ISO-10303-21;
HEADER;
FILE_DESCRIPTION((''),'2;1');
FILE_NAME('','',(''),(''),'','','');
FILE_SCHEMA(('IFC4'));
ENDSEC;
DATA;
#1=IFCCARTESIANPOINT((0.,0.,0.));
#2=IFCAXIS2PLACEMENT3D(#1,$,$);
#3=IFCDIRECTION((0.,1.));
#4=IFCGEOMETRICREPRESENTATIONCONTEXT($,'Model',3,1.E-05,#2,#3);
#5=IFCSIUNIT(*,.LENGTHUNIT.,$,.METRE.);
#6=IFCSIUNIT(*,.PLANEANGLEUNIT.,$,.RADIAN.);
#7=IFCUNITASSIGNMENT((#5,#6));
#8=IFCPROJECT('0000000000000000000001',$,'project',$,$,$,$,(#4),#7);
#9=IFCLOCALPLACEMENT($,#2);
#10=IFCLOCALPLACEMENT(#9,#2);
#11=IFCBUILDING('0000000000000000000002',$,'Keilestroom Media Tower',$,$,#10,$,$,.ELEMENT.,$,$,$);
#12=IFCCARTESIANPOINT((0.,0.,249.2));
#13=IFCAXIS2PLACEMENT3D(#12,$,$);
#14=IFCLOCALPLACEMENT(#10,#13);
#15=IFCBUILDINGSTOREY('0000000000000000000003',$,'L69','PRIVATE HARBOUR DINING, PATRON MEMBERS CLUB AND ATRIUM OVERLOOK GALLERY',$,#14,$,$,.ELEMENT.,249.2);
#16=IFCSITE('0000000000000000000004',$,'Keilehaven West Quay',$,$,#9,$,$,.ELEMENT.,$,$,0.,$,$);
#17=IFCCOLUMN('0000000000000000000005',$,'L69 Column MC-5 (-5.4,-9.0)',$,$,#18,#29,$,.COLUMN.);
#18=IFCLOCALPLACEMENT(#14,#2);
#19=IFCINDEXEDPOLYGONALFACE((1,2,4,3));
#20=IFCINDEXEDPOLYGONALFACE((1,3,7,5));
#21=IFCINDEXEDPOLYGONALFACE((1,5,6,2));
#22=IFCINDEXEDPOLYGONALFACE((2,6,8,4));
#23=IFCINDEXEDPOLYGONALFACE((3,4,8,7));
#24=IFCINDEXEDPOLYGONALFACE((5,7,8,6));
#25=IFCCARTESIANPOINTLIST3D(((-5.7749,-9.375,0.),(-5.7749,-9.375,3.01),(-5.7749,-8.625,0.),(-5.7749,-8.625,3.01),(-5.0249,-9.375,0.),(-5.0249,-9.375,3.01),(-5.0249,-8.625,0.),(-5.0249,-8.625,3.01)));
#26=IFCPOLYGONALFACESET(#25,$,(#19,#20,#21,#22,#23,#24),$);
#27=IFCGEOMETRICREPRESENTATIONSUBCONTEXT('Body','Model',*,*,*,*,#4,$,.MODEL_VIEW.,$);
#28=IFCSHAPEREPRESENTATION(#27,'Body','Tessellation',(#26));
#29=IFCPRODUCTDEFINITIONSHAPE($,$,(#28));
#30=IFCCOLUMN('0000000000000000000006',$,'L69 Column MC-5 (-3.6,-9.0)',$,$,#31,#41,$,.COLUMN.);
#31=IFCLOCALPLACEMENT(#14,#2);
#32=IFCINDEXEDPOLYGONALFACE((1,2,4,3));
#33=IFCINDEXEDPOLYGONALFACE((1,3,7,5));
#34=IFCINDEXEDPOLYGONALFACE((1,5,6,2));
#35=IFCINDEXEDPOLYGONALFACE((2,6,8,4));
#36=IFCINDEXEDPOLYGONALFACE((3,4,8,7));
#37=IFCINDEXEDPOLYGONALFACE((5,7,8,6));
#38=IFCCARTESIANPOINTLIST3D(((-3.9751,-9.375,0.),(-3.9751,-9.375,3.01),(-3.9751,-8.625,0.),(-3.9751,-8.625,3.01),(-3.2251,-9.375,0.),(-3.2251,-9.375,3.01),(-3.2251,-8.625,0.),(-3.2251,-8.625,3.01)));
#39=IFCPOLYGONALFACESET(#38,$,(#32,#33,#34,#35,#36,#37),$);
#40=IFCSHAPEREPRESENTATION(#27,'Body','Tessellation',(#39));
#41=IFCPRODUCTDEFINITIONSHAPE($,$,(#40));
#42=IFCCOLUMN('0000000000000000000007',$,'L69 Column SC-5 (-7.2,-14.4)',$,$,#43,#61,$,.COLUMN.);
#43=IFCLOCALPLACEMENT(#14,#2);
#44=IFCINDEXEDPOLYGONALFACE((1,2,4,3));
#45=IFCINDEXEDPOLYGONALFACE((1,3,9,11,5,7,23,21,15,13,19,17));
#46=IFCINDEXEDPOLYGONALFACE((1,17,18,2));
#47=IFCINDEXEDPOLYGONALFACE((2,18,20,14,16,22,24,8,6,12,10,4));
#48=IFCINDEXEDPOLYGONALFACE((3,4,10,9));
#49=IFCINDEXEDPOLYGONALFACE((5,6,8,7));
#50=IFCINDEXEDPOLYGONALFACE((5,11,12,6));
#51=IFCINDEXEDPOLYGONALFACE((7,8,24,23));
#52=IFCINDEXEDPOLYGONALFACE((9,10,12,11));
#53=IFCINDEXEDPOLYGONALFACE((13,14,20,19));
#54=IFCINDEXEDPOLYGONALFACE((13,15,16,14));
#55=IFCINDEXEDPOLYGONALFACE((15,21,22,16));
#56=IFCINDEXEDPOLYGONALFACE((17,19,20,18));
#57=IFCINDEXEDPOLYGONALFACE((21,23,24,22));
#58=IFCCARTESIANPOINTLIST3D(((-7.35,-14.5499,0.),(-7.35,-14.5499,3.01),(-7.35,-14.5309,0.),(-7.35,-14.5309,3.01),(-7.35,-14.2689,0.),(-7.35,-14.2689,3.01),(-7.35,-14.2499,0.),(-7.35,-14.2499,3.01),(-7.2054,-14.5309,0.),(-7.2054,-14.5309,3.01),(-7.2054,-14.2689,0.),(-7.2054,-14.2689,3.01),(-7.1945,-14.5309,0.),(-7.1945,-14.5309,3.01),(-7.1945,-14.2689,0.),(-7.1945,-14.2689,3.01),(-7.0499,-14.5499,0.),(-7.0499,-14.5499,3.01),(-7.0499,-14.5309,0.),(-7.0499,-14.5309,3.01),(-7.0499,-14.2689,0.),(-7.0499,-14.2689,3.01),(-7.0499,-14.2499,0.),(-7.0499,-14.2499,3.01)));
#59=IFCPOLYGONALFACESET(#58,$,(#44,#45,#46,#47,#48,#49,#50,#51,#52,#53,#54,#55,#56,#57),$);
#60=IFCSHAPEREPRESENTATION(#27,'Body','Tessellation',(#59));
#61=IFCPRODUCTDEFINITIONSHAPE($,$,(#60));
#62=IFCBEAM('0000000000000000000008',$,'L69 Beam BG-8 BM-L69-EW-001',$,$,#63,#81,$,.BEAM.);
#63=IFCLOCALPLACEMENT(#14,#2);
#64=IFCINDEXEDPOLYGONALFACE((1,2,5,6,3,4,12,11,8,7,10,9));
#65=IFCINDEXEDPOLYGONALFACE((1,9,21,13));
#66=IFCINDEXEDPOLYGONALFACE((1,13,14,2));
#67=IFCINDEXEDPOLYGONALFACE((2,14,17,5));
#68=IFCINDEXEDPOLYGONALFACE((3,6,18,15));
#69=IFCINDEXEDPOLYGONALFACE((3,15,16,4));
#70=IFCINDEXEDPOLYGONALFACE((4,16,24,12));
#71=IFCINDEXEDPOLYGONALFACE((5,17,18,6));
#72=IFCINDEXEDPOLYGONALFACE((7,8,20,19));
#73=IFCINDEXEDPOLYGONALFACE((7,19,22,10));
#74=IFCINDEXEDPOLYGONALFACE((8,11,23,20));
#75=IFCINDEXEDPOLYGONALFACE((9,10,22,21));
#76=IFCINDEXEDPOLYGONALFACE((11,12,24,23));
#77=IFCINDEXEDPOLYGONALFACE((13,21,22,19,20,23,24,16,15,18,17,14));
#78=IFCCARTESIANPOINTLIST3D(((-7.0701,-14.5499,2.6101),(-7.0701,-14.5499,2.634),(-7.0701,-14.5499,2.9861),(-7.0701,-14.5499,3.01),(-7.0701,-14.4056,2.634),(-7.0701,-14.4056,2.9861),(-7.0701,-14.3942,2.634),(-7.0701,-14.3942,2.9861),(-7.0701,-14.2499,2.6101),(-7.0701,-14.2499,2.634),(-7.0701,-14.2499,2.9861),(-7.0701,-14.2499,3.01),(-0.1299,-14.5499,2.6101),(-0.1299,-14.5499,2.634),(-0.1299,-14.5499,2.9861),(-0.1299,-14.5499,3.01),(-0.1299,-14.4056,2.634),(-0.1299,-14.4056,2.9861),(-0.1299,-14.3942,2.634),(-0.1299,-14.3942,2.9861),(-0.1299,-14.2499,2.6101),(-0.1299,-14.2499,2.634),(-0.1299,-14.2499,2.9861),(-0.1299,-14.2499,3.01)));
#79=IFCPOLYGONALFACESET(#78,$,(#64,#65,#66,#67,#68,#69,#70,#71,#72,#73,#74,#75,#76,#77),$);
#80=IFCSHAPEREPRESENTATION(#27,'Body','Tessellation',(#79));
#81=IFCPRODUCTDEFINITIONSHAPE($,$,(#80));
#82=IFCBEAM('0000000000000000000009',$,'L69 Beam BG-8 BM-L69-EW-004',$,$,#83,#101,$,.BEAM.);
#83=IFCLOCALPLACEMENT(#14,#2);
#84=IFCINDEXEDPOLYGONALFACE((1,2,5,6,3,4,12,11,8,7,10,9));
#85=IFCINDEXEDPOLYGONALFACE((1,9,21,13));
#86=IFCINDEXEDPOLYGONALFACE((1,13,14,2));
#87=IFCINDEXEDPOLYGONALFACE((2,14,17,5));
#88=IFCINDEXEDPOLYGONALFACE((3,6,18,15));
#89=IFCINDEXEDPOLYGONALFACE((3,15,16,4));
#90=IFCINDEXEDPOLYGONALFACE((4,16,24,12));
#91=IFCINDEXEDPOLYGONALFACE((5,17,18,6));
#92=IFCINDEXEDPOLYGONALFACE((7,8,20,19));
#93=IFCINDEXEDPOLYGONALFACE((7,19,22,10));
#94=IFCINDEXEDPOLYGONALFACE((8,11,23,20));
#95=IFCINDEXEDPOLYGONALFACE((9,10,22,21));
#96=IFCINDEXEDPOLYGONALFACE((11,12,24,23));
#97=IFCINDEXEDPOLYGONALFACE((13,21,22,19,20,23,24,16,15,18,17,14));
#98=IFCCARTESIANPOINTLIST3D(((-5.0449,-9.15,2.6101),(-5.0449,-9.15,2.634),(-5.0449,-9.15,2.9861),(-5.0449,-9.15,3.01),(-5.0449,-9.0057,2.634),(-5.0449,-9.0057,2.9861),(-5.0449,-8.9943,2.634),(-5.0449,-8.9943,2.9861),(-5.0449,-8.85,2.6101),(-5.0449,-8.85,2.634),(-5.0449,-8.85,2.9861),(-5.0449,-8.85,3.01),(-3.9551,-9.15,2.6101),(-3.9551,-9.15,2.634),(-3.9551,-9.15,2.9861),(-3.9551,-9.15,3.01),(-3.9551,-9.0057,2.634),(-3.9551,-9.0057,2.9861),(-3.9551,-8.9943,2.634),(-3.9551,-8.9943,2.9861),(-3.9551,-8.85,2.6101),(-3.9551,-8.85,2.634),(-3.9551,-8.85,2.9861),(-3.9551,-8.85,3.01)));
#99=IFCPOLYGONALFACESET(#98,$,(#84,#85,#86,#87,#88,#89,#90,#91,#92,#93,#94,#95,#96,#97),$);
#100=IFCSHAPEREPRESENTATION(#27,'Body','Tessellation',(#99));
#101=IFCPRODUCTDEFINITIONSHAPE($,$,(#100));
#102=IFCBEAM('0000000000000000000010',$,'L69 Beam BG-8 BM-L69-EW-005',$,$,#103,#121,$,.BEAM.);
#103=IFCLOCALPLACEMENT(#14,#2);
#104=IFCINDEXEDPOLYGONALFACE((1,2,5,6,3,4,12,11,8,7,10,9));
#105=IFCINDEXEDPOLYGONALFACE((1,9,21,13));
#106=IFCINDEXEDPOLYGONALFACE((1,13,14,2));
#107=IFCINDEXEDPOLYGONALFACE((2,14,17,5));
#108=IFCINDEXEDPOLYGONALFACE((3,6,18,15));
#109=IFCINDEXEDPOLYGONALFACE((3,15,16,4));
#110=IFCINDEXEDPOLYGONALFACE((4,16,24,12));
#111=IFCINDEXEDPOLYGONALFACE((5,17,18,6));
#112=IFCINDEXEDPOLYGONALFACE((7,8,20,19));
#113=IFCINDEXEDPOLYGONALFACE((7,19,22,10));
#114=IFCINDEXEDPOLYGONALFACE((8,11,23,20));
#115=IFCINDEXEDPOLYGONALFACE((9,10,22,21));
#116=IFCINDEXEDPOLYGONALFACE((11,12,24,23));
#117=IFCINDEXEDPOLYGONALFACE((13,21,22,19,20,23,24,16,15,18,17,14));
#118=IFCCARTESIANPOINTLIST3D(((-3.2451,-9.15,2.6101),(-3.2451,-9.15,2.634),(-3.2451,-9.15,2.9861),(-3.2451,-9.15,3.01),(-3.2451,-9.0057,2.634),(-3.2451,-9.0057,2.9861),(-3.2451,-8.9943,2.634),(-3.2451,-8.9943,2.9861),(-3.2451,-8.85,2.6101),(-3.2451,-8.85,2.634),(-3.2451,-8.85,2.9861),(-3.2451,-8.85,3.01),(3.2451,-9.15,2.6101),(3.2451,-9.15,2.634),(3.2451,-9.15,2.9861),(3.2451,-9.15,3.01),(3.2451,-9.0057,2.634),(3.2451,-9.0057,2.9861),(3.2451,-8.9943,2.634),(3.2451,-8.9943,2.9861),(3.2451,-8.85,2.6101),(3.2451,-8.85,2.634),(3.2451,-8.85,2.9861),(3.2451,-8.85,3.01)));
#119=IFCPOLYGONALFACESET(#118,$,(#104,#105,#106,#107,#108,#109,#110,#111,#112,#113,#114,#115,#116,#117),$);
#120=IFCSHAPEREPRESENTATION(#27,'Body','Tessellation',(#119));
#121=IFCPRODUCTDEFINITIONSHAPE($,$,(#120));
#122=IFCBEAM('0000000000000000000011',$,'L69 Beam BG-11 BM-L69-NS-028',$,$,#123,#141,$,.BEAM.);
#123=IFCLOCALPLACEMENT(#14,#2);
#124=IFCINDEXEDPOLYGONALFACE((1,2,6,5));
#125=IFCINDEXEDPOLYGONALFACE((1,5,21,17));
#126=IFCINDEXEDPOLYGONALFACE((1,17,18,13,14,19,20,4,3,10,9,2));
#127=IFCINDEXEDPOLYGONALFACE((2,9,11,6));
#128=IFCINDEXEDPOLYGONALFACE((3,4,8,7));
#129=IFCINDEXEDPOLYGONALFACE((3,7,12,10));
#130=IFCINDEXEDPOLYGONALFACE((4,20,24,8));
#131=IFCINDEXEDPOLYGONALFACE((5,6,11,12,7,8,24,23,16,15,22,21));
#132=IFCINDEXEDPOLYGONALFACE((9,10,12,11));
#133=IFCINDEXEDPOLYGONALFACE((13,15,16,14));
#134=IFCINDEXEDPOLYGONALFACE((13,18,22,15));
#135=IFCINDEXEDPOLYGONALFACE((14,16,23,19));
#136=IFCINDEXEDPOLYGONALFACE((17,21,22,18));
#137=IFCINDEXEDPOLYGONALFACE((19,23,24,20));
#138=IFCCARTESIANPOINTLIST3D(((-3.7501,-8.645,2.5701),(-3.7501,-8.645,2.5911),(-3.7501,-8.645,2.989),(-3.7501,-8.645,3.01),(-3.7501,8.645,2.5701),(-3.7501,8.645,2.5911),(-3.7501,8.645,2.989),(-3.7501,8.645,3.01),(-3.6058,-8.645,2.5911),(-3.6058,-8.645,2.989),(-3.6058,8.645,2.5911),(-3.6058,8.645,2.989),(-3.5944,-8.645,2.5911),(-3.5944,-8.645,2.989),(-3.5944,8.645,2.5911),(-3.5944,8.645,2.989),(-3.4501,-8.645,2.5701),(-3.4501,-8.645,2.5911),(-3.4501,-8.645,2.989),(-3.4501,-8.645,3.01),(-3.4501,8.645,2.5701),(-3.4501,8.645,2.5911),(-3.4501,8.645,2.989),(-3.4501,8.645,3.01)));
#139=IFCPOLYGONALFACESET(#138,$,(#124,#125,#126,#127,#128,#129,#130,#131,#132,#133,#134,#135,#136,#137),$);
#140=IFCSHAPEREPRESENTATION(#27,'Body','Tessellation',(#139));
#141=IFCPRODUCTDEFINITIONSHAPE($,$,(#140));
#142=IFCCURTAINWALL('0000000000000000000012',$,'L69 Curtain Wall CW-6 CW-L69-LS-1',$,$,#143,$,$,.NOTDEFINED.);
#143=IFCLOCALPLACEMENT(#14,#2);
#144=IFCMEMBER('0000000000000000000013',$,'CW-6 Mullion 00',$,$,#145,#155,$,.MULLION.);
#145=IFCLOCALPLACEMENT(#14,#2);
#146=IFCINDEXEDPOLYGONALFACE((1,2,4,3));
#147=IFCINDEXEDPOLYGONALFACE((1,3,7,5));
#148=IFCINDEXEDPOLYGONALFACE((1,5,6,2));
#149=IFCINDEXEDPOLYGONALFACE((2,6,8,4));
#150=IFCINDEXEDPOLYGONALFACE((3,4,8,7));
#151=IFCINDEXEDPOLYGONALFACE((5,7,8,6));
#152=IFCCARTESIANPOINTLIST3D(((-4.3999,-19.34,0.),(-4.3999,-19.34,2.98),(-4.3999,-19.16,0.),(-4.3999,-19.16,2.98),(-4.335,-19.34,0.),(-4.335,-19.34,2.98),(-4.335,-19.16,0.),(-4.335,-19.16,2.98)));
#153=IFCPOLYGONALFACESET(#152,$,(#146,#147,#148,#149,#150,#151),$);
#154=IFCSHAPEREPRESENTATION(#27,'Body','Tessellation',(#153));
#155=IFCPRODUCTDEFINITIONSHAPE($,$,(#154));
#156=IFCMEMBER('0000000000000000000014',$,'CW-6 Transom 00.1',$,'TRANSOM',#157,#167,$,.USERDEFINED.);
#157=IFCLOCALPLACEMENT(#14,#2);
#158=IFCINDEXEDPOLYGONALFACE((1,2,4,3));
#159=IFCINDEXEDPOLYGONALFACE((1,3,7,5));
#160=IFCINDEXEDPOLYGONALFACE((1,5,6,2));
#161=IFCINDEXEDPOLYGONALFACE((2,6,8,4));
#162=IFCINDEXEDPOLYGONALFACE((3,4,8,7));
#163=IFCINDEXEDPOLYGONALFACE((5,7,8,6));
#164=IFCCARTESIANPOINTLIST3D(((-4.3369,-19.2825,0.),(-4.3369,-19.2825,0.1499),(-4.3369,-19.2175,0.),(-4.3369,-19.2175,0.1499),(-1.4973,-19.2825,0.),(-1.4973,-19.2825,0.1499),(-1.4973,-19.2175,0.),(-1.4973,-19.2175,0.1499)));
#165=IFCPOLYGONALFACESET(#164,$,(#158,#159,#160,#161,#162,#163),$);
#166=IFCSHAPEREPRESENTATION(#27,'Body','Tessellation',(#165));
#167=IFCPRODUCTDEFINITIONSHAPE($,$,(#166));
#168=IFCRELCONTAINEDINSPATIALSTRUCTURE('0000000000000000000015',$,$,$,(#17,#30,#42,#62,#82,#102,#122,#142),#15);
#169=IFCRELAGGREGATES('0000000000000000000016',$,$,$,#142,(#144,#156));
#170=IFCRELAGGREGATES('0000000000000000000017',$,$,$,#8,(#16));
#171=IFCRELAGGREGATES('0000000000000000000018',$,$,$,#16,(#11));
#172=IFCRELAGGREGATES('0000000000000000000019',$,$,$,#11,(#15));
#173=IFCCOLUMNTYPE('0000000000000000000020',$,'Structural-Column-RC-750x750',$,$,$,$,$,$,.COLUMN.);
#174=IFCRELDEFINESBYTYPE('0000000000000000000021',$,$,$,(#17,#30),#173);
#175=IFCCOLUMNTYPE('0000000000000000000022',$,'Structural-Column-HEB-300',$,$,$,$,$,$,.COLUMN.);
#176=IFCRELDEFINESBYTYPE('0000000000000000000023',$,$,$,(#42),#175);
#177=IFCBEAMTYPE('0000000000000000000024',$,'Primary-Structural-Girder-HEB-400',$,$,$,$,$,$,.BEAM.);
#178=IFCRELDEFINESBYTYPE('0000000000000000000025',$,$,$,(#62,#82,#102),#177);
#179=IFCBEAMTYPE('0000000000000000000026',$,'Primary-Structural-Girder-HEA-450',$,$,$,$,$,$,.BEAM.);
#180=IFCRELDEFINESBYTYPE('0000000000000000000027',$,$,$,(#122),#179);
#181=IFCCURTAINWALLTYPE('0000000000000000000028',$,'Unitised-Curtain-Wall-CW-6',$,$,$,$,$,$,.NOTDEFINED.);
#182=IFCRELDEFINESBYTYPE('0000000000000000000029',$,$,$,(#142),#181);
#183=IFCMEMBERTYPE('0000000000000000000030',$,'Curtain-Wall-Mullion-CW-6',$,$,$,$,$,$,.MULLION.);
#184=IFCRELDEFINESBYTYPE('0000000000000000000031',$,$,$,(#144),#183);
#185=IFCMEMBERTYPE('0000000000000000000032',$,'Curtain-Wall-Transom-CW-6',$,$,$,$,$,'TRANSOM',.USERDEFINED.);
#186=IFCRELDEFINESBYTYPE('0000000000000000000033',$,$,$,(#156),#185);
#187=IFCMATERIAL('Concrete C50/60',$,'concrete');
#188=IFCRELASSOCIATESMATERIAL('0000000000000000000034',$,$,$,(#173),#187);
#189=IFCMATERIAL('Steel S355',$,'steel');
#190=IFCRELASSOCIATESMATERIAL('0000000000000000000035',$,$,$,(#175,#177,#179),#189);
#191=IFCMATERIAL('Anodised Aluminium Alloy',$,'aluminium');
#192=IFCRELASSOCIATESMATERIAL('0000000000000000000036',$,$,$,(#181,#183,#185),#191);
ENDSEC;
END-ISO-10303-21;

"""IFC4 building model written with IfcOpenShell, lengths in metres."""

from ifc_helpers import new_model, si_unit, direction, frame, origin, origin_2d, place, context, subcontext, project, spatial, rectangle, i_section, extrude, source, transform, mapped, material, material_profile, profile_set, type_object, element, aggregate, save


model = new_model("IFC4")

# Units and contexts
model_context = context("Model", 3, precision=1e-05, world=origin(), true_north=direction((0.0, 1.0)))
body_context = subcontext(model_context, "Body", "Model", "MODEL_VIEW")
ifc_project = project(units=[si_unit("LENGTHUNIT", "METRE"), si_unit("PLANEANGLEUNIT", "RADIAN")], contexts=[model_context])

# Site, building, storey
site_placement = place(None, origin())
site = spatial("IfcSite", under=ifc_project, at=site_placement, Name="Keilehaven West Quay", CompositionType="ELEMENT", RefElevation=0.0)
building_placement = place(site_placement, origin())
building = spatial("IfcBuilding", under=site, at=building_placement, Name="Keilestroom Media Tower", CompositionType="ELEMENT")
storey_placement = place(building_placement, frame((0.0, 0.0, 249.2)))
storey = spatial("IfcBuildingStorey", under=building, at=storey_placement, Name="L69", Description="PRIVATE HARBOUR DINING, PATRON MEMBERS CLUB AND ATRIUM OVERLOOK GALLERY", CompositionType="ELEMENT", Elevation=249.2)

# Columns
ifc_material_1 = material(Name="Concrete C50/60", Category="concrete")
ifc_material_profile_1 = material_profile(ifc_material_1, rectangle(XDim=0.75, YDim=0.75, at=origin_2d()), Name="RC 750x750")
ifc_profile_set_1 = profile_set([ifc_material_profile_1], Name="Concrete C50/60")
column_type_1 = type_object("IfcColumnType", Name="Structural-Column-RC-750x750", PredefinedType="COLUMN", material=ifc_profile_set_1)
shared_shape_1 = source(origin(), body_context, "Body", "SweptSolid", [
    extrude(rectangle(XDim=0.75, YDim=0.75, at=origin_2d()), origin(), (0.0, 0.0, 1.0), 3.01),
])
for number, where, z_axis, x_axis, name in (
    (1, (-5.3999, -9.0, 0.0), (0.0, 0.0, 1.0), (1.0, 0.0, 0.0), "L69 Column MC-5 (-5.4,-9.0)"),
    (2, (-3.6001, -9.0, 0.0), (0.0, 0.0, 1.0), (1.0, 0.0, 0.0), "L69 Column MC-5 (-3.6,-9.0)"),
):
    element("IfcColumn", number, at=place(storey_placement, frame(where, z_axis=z_axis, x_axis=x_axis)), inside=storey, type_object=column_type_1, Name=name, PredefinedType="COLUMN", context=body_context, shape_type="MappedRepresentation", body=[
        mapped(shared_shape_1, transform((0.0, 0.0, 0.0), x_axis=(1.0, 0.0, 0.0), y_axis=(0.0, 1.0, 0.0), z_axis=(0.0, 0.0, 1.0), scale=1.0)),
    ])
ifc_material_2 = material(Name="Steel S355", Category="steel")
ifc_material_profile_2 = material_profile(ifc_material_2, i_section(OverallWidth=0.3, OverallDepth=0.3, WebThickness=0.011, FlangeThickness=0.019, at=origin_2d()), Name="HEB 300")
ifc_profile_set_2 = profile_set([ifc_material_profile_2], Name="Steel S355")
column_type_2 = type_object("IfcColumnType", Name="Structural-Column-HEB-300", PredefinedType="COLUMN", material=ifc_profile_set_2)
shared_shape_2 = source(origin(), body_context, "Body", "SweptSolid", [
    extrude(i_section(OverallWidth=0.3, OverallDepth=0.3, WebThickness=0.011, FlangeThickness=0.019, at=origin_2d()), origin(), (0.0, 0.0, 1.0), 3.01),
])
column_placement = place(storey_placement, frame((-7.2, -14.3999, 0.0), z_axis=(0.0, 0.0, 1.0), x_axis=(1.0, 0.0, 0.0)))
element("IfcColumn", 3, at=column_placement, inside=storey, type_object=column_type_2, Name="L69 Column SC-5 (-7.2,-14.4)", PredefinedType="COLUMN", context=body_context, shape_type="MappedRepresentation", body=[
    mapped(shared_shape_2, transform((0.0, 0.0, 0.0), x_axis=(1.0, 0.0, 0.0), y_axis=(0.0, 1.0, 0.0), z_axis=(0.0, 0.0, 1.0), scale=1.0)),
])

# Beams
ifc_material_profile_3 = material_profile(ifc_material_2, i_section(OverallWidth=0.3, OverallDepth=0.3999, WebThickness=0.0115, FlangeThickness=0.0239, at=origin_2d()), Name="HEB 400")
ifc_profile_set_3 = profile_set([ifc_material_profile_3], Name="Steel S355")
beam_type_1 = type_object("IfcBeamType", Name="Primary-Structural-Girder-HEB-400", PredefinedType="BEAM", material=ifc_profile_set_3)
shared_shape_3 = source(origin(), body_context, "Body", "SweptSolid", [
    extrude(i_section(OverallWidth=0.3, OverallDepth=0.3999, WebThickness=0.0115, FlangeThickness=0.0239, at=origin_2d()), origin(), (0.0, 0.0, 1.0), 6.9402),
])
beam_1_placement = place(storey_placement, frame((-7.0701, -14.3999, 2.8101), z_axis=(1.0, 0.0, 0.0), x_axis=(0.0, 1.0, 0.0)))
element("IfcBeam", 4, at=beam_1_placement, inside=storey, type_object=beam_type_1, Name="L69 Beam BG-8 BM-L69-EW-001", PredefinedType="BEAM", context=body_context, shape_type="MappedRepresentation", body=[
    mapped(shared_shape_3, transform((0.0, 0.0, 0.0), x_axis=(1.0, 0.0, 0.0), y_axis=(0.0, 1.0, 0.0), z_axis=(0.0, 0.0, 1.0), scale=1.0)),
])
shared_shape_4 = source(origin(), body_context, "Body", "SweptSolid", [
    extrude(i_section(OverallWidth=0.3, OverallDepth=0.3999, WebThickness=0.0115, FlangeThickness=0.0239, at=origin_2d()), origin(), (0.0, 0.0, 1.0), 1.0898),
])
beam_2_placement = place(storey_placement, frame((-5.0449, -9.0, 2.8101), z_axis=(1.0, 0.0, 0.0), x_axis=(0.0, 1.0, 0.0)))
element("IfcBeam", 5, at=beam_2_placement, inside=storey, type_object=beam_type_1, Name="L69 Beam BG-8 BM-L69-EW-004", PredefinedType="BEAM", context=body_context, shape_type="MappedRepresentation", body=[
    mapped(shared_shape_4, transform((0.0, 0.0, 0.0), x_axis=(1.0, 0.0, 0.0), y_axis=(0.0, 1.0, 0.0), z_axis=(0.0, 0.0, 1.0), scale=1.0)),
])
shared_shape_5 = source(origin(), body_context, "Body", "SweptSolid", [
    extrude(i_section(OverallWidth=0.3, OverallDepth=0.3999, WebThickness=0.0115, FlangeThickness=0.0239, at=origin_2d()), origin(), (0.0, 0.0, 1.0), 6.4902),
])
beam_3_placement = place(storey_placement, frame((-3.2451, -9.0, 2.8101), z_axis=(1.0, 0.0, 0.0), x_axis=(0.0, 1.0, 0.0)))
element("IfcBeam", 6, at=beam_3_placement, inside=storey, type_object=beam_type_1, Name="L69 Beam BG-8 BM-L69-EW-005", PredefinedType="BEAM", context=body_context, shape_type="MappedRepresentation", body=[
    mapped(shared_shape_5, transform((0.0, 0.0, 0.0), x_axis=(1.0, 0.0, 0.0), y_axis=(0.0, 1.0, 0.0), z_axis=(0.0, 0.0, 1.0), scale=1.0)),
])
ifc_material_profile_4 = material_profile(ifc_material_2, i_section(OverallWidth=0.3, OverallDepth=0.4399, WebThickness=0.0115, FlangeThickness=0.021, at=origin_2d()), Name="HEA 450")
ifc_profile_set_4 = profile_set([ifc_material_profile_4], Name="Steel S355")
beam_type_2 = type_object("IfcBeamType", Name="Primary-Structural-Girder-HEA-450", PredefinedType="BEAM", material=ifc_profile_set_4)
shared_shape_6 = source(origin(), body_context, "Body", "SweptSolid", [
    extrude(i_section(OverallWidth=0.3, OverallDepth=0.4399, WebThickness=0.0115, FlangeThickness=0.021, at=origin_2d()), origin(), (0.0, 0.0, 1.0), 17.29),
])
beam_4_placement = place(storey_placement, frame((-3.6001, -8.645, 2.79), z_axis=(0.0, 1.0, 0.0), x_axis=(-1.0, 0.0, 0.0)))
element("IfcBeam", 7, at=beam_4_placement, inside=storey, type_object=beam_type_2, Name="L69 Beam BG-11 BM-L69-NS-028", PredefinedType="BEAM", context=body_context, shape_type="MappedRepresentation", body=[
    mapped(shared_shape_6, transform((0.0, 0.0, 0.0), x_axis=(1.0, 0.0, 0.0), y_axis=(0.0, 1.0, 0.0), z_axis=(0.0, 0.0, 1.0), scale=1.0)),
])

# Curtain wall, members
ifc_material_3 = material(Name="Anodised Aluminium Alloy", Category="aluminium")
curtain_wall_type = type_object("IfcCurtainWallType", Name="Unitised-Curtain-Wall-CW-6", PredefinedType="NOTDEFINED", material=ifc_material_3)
curtain_wall_placement = place(storey_placement, origin())
curtain_wall = element("IfcCurtainWall", 8, at=curtain_wall_placement, inside=storey, type_object=curtain_wall_type, Name="L69 Curtain Wall CW-6 CW-L69-LS-1", PredefinedType="NOTDEFINED")
ifc_material_profile_5 = material_profile(ifc_material_3, rectangle(XDim=0.0649, YDim=0.1799, at=origin_2d()), Name="ALU MULLION 65x180")
ifc_profile_set_5 = profile_set([ifc_material_profile_5], Name="Anodised Aluminium Alloy")
member_type_1 = type_object("IfcMemberType", Name="Curtain-Wall-Mullion-CW-6", PredefinedType="MULLION", material=ifc_profile_set_5)
shared_shape_7 = source(origin(), body_context, "Body", "SweptSolid", [
    extrude(rectangle(XDim=0.0649, YDim=0.1799, at=origin_2d()), origin(), (0.0, 0.0, 1.0), 2.98),
])
member_1_placement = place(storey_placement, frame((-4.3674, -19.25, 0.0), z_axis=(0.0, 0.0, 1.0), x_axis=(1.0, 0.0, 0.0)))
member_1 = element("IfcMember", 9, at=member_1_placement, type_object=member_type_1, Name="CW-6 Mullion 00", PredefinedType="MULLION", context=body_context, shape_type="MappedRepresentation", body=[
    mapped(shared_shape_7, transform((0.0, 0.0, 0.0), x_axis=(1.0, 0.0, 0.0), y_axis=(0.0, 1.0, 0.0), z_axis=(0.0, 0.0, 1.0), scale=1.0)),
])
ifc_material_profile_6 = material_profile(ifc_material_3, rectangle(XDim=0.0649, YDim=0.1499, at=origin_2d()), Name="ALU TRANSOM 65x150")
ifc_profile_set_6 = profile_set([ifc_material_profile_6], Name="Anodised Aluminium Alloy")
member_type_2 = type_object("IfcMemberType", Name="Curtain-Wall-Transom-CW-6", ElementType="TRANSOM", PredefinedType="USERDEFINED", material=ifc_profile_set_6)
shared_shape_8 = source(origin(), body_context, "Body", "SweptSolid", [
    extrude(rectangle(XDim=0.0649, YDim=0.1499, at=origin_2d()), origin(), (0.0, 0.0, 1.0), 2.8396),
])
member_2_placement = place(storey_placement, frame((-4.3369, -19.25, 0.075), z_axis=(1.0, 0.0, 0.0), x_axis=(0.0, 1.0, 0.0)))
member_2 = element("IfcMember", 10, at=member_2_placement, type_object=member_type_2, Name="CW-6 Transom 00.1", ObjectType="TRANSOM", PredefinedType="USERDEFINED", context=body_context, shape_type="MappedRepresentation", body=[
    mapped(shared_shape_8, transform((0.0, 0.0, 0.0), x_axis=(1.0, 0.0, 0.0), y_axis=(0.0, 1.0, 0.0), z_axis=(0.0, 0.0, 1.0), scale=1.0)),
])
aggregate(curtain_wall, [member_1, member_2])

save(model, "model.ifc")
